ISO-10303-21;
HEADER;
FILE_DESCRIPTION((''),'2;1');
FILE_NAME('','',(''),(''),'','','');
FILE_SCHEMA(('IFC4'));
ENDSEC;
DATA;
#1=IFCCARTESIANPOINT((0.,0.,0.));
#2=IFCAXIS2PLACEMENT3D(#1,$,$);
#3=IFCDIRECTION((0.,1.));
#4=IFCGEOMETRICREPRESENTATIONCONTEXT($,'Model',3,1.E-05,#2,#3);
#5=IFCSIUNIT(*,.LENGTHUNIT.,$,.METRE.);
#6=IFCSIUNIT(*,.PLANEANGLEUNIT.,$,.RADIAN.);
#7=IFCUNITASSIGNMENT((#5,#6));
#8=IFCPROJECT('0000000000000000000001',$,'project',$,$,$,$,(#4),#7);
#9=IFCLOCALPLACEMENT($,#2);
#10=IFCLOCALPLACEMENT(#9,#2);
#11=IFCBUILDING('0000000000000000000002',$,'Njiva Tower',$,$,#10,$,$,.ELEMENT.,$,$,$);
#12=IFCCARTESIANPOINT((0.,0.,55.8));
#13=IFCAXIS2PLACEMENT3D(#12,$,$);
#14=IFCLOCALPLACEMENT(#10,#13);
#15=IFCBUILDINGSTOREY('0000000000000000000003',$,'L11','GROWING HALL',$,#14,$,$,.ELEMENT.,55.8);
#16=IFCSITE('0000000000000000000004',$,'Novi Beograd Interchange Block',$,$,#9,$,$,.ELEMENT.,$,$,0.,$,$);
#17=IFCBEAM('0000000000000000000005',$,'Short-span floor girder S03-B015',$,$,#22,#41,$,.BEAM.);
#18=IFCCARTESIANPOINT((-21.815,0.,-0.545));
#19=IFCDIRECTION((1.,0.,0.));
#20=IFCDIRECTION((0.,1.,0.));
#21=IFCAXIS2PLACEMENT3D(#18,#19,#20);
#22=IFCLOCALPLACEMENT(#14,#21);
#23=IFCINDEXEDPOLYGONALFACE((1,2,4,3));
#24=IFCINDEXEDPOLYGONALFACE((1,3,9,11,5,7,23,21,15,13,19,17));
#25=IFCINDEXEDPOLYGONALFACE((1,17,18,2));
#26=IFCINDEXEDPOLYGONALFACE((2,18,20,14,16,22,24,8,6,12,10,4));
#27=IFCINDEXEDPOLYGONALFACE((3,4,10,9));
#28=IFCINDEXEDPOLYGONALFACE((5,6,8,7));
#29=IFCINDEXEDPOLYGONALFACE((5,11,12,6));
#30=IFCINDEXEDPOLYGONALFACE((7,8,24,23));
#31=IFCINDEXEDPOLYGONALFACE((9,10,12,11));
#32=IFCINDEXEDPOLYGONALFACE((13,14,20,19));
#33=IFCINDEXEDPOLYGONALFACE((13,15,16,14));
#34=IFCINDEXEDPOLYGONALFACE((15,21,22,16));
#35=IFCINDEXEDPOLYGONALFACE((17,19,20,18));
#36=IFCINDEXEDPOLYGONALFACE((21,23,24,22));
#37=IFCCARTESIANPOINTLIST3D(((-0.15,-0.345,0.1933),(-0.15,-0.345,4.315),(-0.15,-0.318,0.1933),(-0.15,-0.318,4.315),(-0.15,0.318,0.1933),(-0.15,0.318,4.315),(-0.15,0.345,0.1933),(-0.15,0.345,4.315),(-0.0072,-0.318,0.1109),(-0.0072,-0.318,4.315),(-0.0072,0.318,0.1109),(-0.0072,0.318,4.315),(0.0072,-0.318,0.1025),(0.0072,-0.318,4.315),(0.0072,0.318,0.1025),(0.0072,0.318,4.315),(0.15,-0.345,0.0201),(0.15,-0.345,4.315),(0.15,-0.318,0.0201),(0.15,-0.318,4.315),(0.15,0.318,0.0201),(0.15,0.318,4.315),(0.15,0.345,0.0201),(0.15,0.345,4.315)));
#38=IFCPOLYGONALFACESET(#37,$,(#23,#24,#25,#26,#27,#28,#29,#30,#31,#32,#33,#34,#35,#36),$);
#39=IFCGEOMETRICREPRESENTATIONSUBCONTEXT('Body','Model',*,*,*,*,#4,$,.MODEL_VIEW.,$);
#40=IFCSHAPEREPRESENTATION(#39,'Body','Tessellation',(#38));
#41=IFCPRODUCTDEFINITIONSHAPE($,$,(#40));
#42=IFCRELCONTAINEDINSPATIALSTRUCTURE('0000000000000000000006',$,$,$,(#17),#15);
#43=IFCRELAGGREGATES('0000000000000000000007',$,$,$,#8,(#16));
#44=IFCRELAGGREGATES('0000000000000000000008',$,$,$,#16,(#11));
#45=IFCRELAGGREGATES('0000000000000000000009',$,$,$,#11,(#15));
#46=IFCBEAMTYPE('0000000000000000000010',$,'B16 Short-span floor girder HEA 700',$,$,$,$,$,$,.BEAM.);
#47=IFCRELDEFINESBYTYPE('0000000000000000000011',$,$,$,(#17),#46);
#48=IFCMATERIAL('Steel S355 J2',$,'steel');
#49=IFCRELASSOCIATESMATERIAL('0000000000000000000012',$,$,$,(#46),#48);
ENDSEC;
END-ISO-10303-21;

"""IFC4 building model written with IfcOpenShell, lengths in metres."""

from ifc_helpers import new_model, si_unit, direction, frame, origin, origin_2d, place, context, subcontext, project, spatial, i_section, extrude, clip, halfspace, material, material_profile, profile_set, type_object, element, save


model = new_model("IFC4")

# Units and contexts
model_context = context("Model", 3, precision=1e-05, world=origin(), true_north=direction((0.0, 1.0)))
body_context = subcontext(model_context, "Body", "Model", "MODEL_VIEW")
ifc_project = project(units=[si_unit("LENGTHUNIT", "METRE"), si_unit("PLANEANGLEUNIT", "RADIAN")], contexts=[model_context])

# Site, building, storey
site_placement = place(None, origin())
site = spatial("IfcSite", under=ifc_project, at=site_placement, Name="Novi Beograd Interchange Block", CompositionType="ELEMENT", RefElevation=0.0)
building_placement = place(site_placement, origin())
building = spatial("IfcBuilding", under=site, at=building_placement, Name="Njiva Tower", CompositionType="ELEMENT")
storey_placement = place(building_placement, frame((0.0, 0.0, 55.8)))
storey = spatial("IfcBuildingStorey", under=building, at=storey_placement, Name="L11", Description="GROWING HALL", CompositionType="ELEMENT", Elevation=55.8)

# Shared definitions
ifc_material_1 = material(Name="Steel S355 J2", Category="steel")

# Beam
ifc_material_profile_1 = material_profile(ifc_material_1, i_section(OverallWidth=0.3, OverallDepth=0.69, WebThickness=0.0145, FlangeThickness=0.027, at=origin_2d()), Name="HEA 700")
ifc_profile_set_1 = profile_set([ifc_material_profile_1], Name="Steel S355 J2")
beam_type_1 = type_object("IfcBeamType", Name="B16 Short-span floor girder HEA 700", PredefinedType="BEAM", material=ifc_profile_set_1)
beam_1_placement = place(storey_placement, frame((-21.815, 0.0, -0.545), z_axis=(1.0, 0.0, 0.0), x_axis=(0.0, 1.0, 0.0)))
element("IfcBeam", 1, at=beam_1_placement, inside=storey, type_object=beam_type_1, Name="Short-span floor girder S03-B015", PredefinedType="BEAM", context=body_context, shape_type="Clipping", body=[
    clip(extrude(i_section(OverallWidth=0.3, OverallDepth=0.69, WebThickness=0.0145, FlangeThickness=0.027, at=origin_2d()), origin(), (0.0, 0.0, 1.0), 4.315), halfspace(frame((-0.025, 0.0, 0.1211), z_axis=(-0.499998, 0.0, -0.866027), x_axis=(0.0, -1.0, 0.0)), False)),
])

save(model, "model.ifc")
